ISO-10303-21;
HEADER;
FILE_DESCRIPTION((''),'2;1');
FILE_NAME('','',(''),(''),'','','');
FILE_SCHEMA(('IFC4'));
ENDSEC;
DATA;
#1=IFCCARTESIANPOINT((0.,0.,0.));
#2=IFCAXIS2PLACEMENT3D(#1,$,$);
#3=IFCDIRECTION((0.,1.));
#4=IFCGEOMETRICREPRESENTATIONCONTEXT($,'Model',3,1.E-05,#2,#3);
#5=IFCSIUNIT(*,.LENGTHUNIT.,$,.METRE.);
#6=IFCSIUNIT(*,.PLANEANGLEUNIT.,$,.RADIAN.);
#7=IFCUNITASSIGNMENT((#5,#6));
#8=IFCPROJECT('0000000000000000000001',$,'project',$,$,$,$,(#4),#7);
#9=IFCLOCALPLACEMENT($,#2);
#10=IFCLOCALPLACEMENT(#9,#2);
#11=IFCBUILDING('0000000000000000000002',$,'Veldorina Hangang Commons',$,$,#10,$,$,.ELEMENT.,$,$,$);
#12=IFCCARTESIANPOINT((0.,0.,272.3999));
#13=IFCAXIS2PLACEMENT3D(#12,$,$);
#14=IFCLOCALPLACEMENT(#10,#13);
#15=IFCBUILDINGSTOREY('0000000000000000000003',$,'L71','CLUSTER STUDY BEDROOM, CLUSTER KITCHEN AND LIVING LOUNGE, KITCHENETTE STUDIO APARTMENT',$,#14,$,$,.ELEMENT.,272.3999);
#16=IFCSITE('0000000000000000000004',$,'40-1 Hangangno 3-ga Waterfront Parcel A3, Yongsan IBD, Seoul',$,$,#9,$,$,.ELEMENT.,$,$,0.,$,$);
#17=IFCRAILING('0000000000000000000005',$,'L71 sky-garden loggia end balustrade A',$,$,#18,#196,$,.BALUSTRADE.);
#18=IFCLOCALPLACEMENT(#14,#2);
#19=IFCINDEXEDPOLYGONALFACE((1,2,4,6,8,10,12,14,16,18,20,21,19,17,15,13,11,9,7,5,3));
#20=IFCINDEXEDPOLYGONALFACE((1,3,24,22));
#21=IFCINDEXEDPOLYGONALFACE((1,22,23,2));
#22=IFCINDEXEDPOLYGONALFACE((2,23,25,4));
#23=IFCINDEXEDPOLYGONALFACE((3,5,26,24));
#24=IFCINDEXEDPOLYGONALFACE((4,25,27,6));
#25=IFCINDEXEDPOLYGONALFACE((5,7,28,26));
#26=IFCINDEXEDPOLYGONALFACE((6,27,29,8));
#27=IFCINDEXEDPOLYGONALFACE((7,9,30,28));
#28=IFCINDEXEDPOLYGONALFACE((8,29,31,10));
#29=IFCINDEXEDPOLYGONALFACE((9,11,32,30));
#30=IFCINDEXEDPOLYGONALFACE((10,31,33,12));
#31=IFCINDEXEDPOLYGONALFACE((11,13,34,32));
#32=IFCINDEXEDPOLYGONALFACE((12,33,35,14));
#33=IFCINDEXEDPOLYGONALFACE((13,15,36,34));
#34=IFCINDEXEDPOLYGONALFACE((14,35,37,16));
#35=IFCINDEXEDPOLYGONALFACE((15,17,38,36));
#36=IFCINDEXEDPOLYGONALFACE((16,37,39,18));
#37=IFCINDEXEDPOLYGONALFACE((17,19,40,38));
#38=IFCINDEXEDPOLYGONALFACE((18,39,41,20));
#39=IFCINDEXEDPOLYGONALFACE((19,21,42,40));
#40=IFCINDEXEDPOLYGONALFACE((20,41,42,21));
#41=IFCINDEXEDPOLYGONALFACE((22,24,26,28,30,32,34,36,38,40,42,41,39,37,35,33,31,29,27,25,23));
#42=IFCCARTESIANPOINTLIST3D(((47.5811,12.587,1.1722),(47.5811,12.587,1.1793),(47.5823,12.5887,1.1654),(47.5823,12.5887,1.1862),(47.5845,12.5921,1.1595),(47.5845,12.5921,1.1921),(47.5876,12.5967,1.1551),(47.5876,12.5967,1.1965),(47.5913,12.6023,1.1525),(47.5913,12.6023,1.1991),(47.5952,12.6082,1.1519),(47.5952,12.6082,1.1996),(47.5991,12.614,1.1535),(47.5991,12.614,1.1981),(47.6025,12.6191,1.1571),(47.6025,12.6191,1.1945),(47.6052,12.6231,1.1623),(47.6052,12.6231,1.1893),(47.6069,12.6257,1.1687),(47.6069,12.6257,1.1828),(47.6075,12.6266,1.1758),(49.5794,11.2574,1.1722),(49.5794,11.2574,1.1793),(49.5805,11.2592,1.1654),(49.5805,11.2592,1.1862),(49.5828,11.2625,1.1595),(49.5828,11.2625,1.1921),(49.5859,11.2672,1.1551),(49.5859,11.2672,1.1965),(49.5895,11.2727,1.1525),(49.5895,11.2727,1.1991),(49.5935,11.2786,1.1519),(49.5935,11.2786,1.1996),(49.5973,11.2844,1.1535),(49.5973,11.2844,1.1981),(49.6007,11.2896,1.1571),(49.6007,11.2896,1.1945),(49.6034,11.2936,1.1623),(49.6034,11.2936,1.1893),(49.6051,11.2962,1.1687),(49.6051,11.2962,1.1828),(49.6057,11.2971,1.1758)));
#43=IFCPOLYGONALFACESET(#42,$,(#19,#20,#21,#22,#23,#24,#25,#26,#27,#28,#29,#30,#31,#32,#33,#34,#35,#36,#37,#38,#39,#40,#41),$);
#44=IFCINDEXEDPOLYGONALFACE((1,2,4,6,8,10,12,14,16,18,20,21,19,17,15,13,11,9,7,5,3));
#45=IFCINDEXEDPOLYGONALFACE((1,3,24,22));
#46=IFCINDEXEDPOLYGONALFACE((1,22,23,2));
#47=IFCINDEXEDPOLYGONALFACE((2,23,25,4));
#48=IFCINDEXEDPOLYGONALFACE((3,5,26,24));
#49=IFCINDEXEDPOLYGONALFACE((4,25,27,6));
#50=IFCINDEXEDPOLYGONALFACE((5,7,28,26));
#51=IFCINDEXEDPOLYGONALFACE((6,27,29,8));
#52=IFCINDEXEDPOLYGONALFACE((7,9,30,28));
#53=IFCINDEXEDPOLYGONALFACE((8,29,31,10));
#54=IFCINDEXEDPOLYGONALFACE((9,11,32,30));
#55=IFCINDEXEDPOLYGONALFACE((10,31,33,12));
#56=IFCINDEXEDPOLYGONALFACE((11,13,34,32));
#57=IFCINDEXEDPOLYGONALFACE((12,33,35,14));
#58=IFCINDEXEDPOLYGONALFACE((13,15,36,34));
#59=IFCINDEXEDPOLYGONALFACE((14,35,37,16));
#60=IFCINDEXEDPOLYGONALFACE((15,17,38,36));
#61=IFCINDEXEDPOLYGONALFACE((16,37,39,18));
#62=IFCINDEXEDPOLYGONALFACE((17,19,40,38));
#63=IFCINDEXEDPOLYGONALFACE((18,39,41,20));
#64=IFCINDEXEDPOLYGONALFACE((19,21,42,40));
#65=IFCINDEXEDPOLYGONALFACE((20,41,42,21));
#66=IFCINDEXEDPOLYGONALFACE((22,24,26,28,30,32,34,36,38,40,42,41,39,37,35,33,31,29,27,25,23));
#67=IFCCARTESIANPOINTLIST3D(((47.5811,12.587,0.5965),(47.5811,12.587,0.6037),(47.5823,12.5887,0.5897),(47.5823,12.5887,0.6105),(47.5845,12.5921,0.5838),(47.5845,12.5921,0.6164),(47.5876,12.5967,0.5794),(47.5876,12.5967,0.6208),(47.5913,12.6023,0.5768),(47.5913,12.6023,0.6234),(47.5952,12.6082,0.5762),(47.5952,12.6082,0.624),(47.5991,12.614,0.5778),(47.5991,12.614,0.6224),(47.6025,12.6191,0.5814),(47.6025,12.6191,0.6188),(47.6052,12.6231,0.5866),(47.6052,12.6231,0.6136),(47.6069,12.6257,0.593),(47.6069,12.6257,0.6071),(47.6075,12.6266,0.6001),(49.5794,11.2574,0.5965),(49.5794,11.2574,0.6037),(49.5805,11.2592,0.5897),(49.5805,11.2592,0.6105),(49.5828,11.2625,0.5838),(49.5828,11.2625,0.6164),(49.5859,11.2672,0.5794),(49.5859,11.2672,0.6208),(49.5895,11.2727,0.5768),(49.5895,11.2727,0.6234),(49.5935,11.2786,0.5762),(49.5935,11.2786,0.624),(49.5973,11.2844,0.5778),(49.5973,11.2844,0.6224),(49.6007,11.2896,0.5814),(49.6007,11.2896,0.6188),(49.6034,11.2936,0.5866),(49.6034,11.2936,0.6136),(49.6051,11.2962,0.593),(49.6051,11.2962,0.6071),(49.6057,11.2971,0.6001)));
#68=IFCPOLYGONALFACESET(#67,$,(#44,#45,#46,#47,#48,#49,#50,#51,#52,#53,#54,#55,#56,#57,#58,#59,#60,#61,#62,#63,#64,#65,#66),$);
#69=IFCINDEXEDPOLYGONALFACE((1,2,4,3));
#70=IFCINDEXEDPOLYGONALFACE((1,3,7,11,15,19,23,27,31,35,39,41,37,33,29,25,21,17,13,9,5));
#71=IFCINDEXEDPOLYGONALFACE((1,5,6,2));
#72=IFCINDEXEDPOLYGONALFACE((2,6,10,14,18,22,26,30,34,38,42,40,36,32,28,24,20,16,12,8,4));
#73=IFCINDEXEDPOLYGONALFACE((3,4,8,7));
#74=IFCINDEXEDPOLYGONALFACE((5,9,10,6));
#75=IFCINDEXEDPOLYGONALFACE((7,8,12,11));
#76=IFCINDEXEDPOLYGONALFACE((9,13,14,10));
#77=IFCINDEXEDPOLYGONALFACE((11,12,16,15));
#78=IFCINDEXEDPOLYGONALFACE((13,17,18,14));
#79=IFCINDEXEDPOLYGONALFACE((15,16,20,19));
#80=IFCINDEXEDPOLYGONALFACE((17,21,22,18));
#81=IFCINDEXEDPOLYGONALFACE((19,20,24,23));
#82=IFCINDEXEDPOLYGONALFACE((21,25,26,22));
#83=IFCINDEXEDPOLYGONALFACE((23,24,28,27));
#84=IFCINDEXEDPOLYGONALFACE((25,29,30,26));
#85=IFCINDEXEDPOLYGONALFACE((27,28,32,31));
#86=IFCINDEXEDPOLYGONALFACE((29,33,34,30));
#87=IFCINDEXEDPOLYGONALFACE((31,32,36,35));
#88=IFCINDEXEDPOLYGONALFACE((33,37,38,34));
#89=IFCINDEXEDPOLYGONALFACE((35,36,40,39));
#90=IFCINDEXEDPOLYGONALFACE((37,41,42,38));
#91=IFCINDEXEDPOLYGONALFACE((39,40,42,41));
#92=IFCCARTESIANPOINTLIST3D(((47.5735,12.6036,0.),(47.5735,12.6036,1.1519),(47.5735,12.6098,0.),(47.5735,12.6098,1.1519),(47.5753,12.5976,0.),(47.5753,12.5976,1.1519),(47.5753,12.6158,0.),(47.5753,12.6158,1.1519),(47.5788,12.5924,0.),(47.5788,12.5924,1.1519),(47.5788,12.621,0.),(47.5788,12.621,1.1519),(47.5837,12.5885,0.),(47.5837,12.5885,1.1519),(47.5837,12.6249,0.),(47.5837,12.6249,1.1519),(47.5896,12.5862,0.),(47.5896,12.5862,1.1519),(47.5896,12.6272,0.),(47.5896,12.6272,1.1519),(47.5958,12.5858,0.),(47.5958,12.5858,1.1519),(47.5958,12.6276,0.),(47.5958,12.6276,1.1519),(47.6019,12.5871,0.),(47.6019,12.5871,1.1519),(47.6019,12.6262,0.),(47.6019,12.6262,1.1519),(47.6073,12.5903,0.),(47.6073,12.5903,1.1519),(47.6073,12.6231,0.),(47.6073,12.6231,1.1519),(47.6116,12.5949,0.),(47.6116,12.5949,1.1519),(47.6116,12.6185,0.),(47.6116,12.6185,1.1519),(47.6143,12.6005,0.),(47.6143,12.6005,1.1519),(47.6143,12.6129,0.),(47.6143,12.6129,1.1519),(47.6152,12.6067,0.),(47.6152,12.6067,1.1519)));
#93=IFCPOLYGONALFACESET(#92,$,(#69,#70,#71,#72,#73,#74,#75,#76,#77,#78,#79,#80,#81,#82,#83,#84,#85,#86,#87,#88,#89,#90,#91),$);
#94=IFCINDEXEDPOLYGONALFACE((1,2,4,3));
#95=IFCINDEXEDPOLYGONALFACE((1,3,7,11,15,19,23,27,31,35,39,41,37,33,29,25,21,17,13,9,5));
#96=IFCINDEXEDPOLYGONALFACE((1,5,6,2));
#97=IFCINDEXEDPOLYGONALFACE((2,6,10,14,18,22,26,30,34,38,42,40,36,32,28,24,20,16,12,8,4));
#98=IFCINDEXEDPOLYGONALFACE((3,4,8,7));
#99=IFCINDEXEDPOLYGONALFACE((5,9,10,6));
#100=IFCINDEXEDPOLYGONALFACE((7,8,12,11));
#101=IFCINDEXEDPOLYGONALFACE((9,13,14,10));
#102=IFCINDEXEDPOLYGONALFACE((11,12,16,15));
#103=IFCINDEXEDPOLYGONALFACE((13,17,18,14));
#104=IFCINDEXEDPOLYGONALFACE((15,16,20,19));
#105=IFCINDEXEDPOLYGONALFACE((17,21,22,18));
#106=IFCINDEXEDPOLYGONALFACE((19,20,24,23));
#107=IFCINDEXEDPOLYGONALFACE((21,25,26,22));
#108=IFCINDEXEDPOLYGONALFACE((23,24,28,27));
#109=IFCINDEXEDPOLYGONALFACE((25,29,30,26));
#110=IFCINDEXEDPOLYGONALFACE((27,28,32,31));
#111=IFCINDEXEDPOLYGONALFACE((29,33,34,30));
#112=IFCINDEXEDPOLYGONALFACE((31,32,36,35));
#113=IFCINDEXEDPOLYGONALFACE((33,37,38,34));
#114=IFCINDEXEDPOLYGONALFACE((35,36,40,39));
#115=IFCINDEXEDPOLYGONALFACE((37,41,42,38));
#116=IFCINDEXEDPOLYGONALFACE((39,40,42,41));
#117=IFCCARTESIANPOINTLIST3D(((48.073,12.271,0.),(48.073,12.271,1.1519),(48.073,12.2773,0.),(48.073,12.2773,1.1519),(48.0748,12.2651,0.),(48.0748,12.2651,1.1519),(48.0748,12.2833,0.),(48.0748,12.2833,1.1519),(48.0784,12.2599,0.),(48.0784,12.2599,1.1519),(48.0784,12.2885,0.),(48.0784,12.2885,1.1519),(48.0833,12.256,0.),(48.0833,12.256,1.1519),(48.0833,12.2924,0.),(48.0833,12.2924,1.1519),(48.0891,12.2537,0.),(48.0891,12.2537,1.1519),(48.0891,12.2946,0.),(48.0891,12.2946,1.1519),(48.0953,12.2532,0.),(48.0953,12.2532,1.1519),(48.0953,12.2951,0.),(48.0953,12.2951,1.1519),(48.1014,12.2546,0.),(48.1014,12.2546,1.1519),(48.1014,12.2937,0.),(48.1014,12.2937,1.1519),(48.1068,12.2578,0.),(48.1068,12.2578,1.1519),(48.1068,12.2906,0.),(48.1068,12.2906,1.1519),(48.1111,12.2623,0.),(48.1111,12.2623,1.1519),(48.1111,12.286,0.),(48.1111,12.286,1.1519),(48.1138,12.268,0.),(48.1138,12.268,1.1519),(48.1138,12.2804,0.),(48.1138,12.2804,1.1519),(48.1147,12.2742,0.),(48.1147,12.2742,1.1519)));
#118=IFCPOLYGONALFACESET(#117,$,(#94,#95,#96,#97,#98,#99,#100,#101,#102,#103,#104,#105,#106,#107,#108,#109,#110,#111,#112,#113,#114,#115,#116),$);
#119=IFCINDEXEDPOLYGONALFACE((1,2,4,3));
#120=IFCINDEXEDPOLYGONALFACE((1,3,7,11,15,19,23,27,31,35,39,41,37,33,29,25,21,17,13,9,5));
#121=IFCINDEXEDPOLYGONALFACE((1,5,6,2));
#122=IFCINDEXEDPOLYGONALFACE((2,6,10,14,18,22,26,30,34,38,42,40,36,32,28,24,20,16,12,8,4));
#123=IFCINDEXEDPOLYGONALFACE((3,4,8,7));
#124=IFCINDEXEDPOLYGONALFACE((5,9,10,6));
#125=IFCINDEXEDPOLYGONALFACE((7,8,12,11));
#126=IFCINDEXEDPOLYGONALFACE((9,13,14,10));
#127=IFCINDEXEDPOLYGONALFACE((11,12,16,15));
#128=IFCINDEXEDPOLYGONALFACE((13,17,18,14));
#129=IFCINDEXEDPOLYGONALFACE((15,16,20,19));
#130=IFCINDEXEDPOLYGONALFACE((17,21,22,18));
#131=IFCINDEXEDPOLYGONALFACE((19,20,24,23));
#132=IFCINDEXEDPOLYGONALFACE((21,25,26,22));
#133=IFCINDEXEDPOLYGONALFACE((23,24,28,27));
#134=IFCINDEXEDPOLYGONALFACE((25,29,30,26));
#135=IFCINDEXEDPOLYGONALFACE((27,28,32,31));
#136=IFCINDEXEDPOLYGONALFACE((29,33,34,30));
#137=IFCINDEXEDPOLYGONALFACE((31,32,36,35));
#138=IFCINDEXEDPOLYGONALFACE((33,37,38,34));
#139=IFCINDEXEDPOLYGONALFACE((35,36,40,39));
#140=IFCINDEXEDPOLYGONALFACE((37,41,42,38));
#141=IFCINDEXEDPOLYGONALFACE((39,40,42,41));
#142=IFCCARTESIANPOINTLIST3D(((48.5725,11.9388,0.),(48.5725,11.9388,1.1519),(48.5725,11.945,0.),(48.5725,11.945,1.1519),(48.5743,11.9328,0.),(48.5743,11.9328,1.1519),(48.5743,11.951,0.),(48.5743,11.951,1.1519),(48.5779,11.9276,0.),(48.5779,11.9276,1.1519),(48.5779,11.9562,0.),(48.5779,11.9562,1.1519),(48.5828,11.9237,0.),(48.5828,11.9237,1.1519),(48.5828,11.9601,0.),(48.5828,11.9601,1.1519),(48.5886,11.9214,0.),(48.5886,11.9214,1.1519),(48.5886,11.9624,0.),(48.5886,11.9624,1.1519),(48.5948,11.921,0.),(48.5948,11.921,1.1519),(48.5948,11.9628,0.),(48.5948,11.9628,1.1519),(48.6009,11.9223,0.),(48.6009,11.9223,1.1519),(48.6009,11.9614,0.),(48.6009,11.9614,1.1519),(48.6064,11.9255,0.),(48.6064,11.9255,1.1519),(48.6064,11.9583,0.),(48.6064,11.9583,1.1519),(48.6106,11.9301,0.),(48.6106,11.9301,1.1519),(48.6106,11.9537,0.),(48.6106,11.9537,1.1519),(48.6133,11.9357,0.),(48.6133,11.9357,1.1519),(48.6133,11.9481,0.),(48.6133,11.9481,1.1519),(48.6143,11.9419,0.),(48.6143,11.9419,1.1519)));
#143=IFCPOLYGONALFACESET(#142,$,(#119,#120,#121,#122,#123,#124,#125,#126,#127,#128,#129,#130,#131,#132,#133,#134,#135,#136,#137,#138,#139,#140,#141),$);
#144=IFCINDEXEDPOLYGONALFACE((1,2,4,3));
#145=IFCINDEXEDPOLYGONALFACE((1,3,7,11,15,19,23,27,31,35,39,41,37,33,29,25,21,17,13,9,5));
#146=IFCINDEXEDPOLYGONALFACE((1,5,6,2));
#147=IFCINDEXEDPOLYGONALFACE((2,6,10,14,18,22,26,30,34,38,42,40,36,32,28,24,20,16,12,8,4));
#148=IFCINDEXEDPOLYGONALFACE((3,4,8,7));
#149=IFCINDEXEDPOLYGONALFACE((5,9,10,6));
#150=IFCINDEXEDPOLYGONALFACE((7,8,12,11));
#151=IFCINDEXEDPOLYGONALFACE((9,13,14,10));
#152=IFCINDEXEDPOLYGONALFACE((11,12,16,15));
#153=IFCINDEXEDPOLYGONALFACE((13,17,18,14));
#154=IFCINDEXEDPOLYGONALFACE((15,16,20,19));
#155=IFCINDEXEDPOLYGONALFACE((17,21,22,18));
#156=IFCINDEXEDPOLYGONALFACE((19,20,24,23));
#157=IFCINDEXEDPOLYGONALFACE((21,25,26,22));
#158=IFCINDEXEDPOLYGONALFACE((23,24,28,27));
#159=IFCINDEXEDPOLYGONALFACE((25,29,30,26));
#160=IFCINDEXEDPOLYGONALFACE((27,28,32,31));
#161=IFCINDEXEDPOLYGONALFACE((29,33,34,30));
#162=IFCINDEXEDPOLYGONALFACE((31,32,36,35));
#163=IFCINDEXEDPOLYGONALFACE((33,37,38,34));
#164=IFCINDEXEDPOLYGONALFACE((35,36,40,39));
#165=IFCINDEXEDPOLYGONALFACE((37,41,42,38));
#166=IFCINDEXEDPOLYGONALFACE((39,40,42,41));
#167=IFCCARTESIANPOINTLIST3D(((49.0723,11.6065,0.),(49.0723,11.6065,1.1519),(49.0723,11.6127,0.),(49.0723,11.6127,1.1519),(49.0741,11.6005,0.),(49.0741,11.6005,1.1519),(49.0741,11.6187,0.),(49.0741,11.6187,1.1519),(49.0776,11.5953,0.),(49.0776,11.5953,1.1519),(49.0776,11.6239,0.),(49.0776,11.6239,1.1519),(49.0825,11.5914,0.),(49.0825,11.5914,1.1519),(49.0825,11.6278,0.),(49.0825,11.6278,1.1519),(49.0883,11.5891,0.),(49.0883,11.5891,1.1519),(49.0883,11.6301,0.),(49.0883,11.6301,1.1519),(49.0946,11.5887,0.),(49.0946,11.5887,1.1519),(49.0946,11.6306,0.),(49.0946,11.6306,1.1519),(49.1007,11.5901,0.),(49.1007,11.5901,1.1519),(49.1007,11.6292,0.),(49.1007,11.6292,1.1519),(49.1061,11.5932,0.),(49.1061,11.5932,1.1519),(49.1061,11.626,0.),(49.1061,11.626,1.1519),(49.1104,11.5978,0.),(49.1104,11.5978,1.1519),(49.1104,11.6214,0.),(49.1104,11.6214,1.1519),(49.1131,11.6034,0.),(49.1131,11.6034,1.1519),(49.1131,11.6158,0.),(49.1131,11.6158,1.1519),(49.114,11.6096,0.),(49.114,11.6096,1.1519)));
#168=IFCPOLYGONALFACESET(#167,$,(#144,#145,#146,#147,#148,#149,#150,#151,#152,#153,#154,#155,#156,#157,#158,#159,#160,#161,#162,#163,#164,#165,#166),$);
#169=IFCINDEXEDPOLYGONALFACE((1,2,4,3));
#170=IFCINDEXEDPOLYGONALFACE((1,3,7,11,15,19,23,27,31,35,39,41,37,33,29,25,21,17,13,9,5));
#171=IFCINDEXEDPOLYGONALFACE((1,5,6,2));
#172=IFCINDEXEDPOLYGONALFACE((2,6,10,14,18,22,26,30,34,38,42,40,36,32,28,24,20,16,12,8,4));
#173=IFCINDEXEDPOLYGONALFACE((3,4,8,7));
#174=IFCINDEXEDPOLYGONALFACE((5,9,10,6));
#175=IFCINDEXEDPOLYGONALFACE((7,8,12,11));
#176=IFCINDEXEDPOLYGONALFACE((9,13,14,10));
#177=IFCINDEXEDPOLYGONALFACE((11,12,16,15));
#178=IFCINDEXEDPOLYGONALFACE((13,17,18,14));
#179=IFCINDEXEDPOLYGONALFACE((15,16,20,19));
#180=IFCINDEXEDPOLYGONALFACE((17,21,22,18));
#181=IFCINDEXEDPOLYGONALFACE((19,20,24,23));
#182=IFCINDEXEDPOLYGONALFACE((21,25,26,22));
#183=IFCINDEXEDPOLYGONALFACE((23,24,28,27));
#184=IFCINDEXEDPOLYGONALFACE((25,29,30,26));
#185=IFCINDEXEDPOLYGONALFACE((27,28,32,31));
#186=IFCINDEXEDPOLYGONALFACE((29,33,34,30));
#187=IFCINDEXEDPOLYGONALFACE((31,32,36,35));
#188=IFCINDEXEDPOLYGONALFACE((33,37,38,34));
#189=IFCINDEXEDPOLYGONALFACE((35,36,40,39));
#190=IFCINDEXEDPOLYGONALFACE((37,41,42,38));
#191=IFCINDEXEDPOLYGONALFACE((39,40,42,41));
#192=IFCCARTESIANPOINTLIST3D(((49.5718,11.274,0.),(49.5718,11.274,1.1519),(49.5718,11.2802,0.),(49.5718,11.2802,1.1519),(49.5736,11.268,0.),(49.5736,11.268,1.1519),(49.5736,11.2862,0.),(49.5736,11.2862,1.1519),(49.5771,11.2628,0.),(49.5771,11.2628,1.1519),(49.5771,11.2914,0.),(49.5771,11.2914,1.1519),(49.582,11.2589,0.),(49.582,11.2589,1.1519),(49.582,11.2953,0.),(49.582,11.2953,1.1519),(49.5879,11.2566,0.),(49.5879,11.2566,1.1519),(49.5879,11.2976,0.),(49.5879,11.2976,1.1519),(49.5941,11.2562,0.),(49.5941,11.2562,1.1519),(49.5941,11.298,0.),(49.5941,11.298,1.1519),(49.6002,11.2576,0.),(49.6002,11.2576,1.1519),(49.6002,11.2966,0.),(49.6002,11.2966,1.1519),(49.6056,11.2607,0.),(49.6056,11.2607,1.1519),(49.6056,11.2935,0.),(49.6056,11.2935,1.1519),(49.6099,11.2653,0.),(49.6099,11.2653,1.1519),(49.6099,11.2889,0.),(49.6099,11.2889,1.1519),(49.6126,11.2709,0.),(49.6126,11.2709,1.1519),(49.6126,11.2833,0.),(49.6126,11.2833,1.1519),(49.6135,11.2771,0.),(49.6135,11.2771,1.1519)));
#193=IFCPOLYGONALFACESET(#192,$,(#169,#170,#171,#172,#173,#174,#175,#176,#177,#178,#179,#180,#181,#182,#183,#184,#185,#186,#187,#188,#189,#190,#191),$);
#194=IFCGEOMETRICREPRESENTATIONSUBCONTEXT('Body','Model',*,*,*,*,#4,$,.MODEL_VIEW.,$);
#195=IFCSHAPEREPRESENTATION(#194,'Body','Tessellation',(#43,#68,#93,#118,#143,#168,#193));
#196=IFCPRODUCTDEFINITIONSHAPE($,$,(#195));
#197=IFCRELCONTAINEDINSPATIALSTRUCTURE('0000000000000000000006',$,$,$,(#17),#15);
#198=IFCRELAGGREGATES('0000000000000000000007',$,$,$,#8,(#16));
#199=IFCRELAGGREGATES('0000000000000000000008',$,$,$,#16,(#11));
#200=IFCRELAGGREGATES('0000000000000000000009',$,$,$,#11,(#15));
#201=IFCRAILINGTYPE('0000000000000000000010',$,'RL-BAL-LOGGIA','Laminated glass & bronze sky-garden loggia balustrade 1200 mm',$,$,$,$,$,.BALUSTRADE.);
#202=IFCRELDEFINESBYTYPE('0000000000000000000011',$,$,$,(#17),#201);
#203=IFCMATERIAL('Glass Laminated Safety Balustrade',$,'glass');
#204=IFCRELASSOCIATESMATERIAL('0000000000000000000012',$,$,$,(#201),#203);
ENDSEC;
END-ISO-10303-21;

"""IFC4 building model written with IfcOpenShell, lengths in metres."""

from ifc_helpers import new_model, si_unit, direction, frame, origin, origin_2d, place, context, subcontext, project, spatial, circle, extrude, material, type_object, element, save


model = new_model("IFC4")

# Units and contexts
model_context = context("Model", 3, precision=1e-05, world=origin(), true_north=direction((0.0, 1.0)))
body_context = subcontext(model_context, "Body", "Model", "MODEL_VIEW")
ifc_project = project(units=[si_unit("LENGTHUNIT", "METRE"), si_unit("PLANEANGLEUNIT", "RADIAN")], contexts=[model_context])

# Site, building, storey
site_placement = place(None, origin())
site = spatial("IfcSite", under=ifc_project, at=site_placement, Name="40-1 Hangangno 3-ga Waterfront Parcel A3, Yongsan IBD, Seoul", CompositionType="ELEMENT", RefElevation=0.0)
building_placement = place(site_placement, origin())
building = spatial("IfcBuilding", under=site, at=building_placement, Name="Veldorina Hangang Commons", CompositionType="ELEMENT")
storey_placement = place(building_placement, frame((0.0, 0.0, 272.3999)))
storey = spatial("IfcBuildingStorey", under=building, at=storey_placement, Name="L71", Description="CLUSTER STUDY BEDROOM, CLUSTER KITCHEN AND LIVING LOUNGE, KITCHENETTE STUDIO APARTMENT", CompositionType="ELEMENT", Elevation=272.3999)

# Railing
ifc_material_1 = material(Name="Glass Laminated Safety Balustrade", Category="glass")
railing_type = type_object("IfcRailingType", Name="RL-BAL-LOGGIA", Description="Laminated glass & bronze sky-garden loggia balustrade 1200 mm", PredefinedType="BALUSTRADE", material=ifc_material_1)
railing_1_placement = place(storey_placement, frame((47.5942, 12.6067, 0.0)))
element("IfcRailing", 1, at=railing_1_placement, inside=storey, type_object=railing_type, Name="L71 sky-garden loggia end balustrade A", PredefinedType="BALUSTRADE", context=body_context, shape_type="SweptSolid", body=[
    extrude(circle(Radius=0.0239, at=origin_2d()), frame((0.0, 0.0, 1.1758), z_axis=(0.832551, -0.553949, 0.0), x_axis=(0.553949, 0.832551, 0.0)), (0.0, 0.0, 1.0), 2.4001),
    extrude(circle(Radius=0.0239, at=origin_2d()), frame((0.0, 0.0, 0.6001), z_axis=(0.832551, -0.553949, 0.0), x_axis=(0.553949, 0.832551, 0.0)), (0.0, 0.0, 1.0), 2.4001),
    extrude(circle(Radius=0.021, at=origin_2d()), origin(), (0.0, 0.0, 1.0), 1.1519),
    extrude(circle(Radius=0.021, at=origin_2d()), frame((0.4995, -0.3325, 0.0)), (0.0, 0.0, 1.0), 1.1519),
    extrude(circle(Radius=0.021, at=origin_2d()), frame((0.999, -0.6648, 0.0)), (0.0, 0.0, 1.0), 1.1519),
    extrude(circle(Radius=0.021, at=origin_2d()), frame((1.4988, -0.9971, 0.0)), (0.0, 0.0, 1.0), 1.1519),
    extrude(circle(Radius=0.021, at=origin_2d()), frame((1.9983, -1.3296, 0.0)), (0.0, 0.0, 1.0), 1.1519),
])

save(model, "model.ifc")
